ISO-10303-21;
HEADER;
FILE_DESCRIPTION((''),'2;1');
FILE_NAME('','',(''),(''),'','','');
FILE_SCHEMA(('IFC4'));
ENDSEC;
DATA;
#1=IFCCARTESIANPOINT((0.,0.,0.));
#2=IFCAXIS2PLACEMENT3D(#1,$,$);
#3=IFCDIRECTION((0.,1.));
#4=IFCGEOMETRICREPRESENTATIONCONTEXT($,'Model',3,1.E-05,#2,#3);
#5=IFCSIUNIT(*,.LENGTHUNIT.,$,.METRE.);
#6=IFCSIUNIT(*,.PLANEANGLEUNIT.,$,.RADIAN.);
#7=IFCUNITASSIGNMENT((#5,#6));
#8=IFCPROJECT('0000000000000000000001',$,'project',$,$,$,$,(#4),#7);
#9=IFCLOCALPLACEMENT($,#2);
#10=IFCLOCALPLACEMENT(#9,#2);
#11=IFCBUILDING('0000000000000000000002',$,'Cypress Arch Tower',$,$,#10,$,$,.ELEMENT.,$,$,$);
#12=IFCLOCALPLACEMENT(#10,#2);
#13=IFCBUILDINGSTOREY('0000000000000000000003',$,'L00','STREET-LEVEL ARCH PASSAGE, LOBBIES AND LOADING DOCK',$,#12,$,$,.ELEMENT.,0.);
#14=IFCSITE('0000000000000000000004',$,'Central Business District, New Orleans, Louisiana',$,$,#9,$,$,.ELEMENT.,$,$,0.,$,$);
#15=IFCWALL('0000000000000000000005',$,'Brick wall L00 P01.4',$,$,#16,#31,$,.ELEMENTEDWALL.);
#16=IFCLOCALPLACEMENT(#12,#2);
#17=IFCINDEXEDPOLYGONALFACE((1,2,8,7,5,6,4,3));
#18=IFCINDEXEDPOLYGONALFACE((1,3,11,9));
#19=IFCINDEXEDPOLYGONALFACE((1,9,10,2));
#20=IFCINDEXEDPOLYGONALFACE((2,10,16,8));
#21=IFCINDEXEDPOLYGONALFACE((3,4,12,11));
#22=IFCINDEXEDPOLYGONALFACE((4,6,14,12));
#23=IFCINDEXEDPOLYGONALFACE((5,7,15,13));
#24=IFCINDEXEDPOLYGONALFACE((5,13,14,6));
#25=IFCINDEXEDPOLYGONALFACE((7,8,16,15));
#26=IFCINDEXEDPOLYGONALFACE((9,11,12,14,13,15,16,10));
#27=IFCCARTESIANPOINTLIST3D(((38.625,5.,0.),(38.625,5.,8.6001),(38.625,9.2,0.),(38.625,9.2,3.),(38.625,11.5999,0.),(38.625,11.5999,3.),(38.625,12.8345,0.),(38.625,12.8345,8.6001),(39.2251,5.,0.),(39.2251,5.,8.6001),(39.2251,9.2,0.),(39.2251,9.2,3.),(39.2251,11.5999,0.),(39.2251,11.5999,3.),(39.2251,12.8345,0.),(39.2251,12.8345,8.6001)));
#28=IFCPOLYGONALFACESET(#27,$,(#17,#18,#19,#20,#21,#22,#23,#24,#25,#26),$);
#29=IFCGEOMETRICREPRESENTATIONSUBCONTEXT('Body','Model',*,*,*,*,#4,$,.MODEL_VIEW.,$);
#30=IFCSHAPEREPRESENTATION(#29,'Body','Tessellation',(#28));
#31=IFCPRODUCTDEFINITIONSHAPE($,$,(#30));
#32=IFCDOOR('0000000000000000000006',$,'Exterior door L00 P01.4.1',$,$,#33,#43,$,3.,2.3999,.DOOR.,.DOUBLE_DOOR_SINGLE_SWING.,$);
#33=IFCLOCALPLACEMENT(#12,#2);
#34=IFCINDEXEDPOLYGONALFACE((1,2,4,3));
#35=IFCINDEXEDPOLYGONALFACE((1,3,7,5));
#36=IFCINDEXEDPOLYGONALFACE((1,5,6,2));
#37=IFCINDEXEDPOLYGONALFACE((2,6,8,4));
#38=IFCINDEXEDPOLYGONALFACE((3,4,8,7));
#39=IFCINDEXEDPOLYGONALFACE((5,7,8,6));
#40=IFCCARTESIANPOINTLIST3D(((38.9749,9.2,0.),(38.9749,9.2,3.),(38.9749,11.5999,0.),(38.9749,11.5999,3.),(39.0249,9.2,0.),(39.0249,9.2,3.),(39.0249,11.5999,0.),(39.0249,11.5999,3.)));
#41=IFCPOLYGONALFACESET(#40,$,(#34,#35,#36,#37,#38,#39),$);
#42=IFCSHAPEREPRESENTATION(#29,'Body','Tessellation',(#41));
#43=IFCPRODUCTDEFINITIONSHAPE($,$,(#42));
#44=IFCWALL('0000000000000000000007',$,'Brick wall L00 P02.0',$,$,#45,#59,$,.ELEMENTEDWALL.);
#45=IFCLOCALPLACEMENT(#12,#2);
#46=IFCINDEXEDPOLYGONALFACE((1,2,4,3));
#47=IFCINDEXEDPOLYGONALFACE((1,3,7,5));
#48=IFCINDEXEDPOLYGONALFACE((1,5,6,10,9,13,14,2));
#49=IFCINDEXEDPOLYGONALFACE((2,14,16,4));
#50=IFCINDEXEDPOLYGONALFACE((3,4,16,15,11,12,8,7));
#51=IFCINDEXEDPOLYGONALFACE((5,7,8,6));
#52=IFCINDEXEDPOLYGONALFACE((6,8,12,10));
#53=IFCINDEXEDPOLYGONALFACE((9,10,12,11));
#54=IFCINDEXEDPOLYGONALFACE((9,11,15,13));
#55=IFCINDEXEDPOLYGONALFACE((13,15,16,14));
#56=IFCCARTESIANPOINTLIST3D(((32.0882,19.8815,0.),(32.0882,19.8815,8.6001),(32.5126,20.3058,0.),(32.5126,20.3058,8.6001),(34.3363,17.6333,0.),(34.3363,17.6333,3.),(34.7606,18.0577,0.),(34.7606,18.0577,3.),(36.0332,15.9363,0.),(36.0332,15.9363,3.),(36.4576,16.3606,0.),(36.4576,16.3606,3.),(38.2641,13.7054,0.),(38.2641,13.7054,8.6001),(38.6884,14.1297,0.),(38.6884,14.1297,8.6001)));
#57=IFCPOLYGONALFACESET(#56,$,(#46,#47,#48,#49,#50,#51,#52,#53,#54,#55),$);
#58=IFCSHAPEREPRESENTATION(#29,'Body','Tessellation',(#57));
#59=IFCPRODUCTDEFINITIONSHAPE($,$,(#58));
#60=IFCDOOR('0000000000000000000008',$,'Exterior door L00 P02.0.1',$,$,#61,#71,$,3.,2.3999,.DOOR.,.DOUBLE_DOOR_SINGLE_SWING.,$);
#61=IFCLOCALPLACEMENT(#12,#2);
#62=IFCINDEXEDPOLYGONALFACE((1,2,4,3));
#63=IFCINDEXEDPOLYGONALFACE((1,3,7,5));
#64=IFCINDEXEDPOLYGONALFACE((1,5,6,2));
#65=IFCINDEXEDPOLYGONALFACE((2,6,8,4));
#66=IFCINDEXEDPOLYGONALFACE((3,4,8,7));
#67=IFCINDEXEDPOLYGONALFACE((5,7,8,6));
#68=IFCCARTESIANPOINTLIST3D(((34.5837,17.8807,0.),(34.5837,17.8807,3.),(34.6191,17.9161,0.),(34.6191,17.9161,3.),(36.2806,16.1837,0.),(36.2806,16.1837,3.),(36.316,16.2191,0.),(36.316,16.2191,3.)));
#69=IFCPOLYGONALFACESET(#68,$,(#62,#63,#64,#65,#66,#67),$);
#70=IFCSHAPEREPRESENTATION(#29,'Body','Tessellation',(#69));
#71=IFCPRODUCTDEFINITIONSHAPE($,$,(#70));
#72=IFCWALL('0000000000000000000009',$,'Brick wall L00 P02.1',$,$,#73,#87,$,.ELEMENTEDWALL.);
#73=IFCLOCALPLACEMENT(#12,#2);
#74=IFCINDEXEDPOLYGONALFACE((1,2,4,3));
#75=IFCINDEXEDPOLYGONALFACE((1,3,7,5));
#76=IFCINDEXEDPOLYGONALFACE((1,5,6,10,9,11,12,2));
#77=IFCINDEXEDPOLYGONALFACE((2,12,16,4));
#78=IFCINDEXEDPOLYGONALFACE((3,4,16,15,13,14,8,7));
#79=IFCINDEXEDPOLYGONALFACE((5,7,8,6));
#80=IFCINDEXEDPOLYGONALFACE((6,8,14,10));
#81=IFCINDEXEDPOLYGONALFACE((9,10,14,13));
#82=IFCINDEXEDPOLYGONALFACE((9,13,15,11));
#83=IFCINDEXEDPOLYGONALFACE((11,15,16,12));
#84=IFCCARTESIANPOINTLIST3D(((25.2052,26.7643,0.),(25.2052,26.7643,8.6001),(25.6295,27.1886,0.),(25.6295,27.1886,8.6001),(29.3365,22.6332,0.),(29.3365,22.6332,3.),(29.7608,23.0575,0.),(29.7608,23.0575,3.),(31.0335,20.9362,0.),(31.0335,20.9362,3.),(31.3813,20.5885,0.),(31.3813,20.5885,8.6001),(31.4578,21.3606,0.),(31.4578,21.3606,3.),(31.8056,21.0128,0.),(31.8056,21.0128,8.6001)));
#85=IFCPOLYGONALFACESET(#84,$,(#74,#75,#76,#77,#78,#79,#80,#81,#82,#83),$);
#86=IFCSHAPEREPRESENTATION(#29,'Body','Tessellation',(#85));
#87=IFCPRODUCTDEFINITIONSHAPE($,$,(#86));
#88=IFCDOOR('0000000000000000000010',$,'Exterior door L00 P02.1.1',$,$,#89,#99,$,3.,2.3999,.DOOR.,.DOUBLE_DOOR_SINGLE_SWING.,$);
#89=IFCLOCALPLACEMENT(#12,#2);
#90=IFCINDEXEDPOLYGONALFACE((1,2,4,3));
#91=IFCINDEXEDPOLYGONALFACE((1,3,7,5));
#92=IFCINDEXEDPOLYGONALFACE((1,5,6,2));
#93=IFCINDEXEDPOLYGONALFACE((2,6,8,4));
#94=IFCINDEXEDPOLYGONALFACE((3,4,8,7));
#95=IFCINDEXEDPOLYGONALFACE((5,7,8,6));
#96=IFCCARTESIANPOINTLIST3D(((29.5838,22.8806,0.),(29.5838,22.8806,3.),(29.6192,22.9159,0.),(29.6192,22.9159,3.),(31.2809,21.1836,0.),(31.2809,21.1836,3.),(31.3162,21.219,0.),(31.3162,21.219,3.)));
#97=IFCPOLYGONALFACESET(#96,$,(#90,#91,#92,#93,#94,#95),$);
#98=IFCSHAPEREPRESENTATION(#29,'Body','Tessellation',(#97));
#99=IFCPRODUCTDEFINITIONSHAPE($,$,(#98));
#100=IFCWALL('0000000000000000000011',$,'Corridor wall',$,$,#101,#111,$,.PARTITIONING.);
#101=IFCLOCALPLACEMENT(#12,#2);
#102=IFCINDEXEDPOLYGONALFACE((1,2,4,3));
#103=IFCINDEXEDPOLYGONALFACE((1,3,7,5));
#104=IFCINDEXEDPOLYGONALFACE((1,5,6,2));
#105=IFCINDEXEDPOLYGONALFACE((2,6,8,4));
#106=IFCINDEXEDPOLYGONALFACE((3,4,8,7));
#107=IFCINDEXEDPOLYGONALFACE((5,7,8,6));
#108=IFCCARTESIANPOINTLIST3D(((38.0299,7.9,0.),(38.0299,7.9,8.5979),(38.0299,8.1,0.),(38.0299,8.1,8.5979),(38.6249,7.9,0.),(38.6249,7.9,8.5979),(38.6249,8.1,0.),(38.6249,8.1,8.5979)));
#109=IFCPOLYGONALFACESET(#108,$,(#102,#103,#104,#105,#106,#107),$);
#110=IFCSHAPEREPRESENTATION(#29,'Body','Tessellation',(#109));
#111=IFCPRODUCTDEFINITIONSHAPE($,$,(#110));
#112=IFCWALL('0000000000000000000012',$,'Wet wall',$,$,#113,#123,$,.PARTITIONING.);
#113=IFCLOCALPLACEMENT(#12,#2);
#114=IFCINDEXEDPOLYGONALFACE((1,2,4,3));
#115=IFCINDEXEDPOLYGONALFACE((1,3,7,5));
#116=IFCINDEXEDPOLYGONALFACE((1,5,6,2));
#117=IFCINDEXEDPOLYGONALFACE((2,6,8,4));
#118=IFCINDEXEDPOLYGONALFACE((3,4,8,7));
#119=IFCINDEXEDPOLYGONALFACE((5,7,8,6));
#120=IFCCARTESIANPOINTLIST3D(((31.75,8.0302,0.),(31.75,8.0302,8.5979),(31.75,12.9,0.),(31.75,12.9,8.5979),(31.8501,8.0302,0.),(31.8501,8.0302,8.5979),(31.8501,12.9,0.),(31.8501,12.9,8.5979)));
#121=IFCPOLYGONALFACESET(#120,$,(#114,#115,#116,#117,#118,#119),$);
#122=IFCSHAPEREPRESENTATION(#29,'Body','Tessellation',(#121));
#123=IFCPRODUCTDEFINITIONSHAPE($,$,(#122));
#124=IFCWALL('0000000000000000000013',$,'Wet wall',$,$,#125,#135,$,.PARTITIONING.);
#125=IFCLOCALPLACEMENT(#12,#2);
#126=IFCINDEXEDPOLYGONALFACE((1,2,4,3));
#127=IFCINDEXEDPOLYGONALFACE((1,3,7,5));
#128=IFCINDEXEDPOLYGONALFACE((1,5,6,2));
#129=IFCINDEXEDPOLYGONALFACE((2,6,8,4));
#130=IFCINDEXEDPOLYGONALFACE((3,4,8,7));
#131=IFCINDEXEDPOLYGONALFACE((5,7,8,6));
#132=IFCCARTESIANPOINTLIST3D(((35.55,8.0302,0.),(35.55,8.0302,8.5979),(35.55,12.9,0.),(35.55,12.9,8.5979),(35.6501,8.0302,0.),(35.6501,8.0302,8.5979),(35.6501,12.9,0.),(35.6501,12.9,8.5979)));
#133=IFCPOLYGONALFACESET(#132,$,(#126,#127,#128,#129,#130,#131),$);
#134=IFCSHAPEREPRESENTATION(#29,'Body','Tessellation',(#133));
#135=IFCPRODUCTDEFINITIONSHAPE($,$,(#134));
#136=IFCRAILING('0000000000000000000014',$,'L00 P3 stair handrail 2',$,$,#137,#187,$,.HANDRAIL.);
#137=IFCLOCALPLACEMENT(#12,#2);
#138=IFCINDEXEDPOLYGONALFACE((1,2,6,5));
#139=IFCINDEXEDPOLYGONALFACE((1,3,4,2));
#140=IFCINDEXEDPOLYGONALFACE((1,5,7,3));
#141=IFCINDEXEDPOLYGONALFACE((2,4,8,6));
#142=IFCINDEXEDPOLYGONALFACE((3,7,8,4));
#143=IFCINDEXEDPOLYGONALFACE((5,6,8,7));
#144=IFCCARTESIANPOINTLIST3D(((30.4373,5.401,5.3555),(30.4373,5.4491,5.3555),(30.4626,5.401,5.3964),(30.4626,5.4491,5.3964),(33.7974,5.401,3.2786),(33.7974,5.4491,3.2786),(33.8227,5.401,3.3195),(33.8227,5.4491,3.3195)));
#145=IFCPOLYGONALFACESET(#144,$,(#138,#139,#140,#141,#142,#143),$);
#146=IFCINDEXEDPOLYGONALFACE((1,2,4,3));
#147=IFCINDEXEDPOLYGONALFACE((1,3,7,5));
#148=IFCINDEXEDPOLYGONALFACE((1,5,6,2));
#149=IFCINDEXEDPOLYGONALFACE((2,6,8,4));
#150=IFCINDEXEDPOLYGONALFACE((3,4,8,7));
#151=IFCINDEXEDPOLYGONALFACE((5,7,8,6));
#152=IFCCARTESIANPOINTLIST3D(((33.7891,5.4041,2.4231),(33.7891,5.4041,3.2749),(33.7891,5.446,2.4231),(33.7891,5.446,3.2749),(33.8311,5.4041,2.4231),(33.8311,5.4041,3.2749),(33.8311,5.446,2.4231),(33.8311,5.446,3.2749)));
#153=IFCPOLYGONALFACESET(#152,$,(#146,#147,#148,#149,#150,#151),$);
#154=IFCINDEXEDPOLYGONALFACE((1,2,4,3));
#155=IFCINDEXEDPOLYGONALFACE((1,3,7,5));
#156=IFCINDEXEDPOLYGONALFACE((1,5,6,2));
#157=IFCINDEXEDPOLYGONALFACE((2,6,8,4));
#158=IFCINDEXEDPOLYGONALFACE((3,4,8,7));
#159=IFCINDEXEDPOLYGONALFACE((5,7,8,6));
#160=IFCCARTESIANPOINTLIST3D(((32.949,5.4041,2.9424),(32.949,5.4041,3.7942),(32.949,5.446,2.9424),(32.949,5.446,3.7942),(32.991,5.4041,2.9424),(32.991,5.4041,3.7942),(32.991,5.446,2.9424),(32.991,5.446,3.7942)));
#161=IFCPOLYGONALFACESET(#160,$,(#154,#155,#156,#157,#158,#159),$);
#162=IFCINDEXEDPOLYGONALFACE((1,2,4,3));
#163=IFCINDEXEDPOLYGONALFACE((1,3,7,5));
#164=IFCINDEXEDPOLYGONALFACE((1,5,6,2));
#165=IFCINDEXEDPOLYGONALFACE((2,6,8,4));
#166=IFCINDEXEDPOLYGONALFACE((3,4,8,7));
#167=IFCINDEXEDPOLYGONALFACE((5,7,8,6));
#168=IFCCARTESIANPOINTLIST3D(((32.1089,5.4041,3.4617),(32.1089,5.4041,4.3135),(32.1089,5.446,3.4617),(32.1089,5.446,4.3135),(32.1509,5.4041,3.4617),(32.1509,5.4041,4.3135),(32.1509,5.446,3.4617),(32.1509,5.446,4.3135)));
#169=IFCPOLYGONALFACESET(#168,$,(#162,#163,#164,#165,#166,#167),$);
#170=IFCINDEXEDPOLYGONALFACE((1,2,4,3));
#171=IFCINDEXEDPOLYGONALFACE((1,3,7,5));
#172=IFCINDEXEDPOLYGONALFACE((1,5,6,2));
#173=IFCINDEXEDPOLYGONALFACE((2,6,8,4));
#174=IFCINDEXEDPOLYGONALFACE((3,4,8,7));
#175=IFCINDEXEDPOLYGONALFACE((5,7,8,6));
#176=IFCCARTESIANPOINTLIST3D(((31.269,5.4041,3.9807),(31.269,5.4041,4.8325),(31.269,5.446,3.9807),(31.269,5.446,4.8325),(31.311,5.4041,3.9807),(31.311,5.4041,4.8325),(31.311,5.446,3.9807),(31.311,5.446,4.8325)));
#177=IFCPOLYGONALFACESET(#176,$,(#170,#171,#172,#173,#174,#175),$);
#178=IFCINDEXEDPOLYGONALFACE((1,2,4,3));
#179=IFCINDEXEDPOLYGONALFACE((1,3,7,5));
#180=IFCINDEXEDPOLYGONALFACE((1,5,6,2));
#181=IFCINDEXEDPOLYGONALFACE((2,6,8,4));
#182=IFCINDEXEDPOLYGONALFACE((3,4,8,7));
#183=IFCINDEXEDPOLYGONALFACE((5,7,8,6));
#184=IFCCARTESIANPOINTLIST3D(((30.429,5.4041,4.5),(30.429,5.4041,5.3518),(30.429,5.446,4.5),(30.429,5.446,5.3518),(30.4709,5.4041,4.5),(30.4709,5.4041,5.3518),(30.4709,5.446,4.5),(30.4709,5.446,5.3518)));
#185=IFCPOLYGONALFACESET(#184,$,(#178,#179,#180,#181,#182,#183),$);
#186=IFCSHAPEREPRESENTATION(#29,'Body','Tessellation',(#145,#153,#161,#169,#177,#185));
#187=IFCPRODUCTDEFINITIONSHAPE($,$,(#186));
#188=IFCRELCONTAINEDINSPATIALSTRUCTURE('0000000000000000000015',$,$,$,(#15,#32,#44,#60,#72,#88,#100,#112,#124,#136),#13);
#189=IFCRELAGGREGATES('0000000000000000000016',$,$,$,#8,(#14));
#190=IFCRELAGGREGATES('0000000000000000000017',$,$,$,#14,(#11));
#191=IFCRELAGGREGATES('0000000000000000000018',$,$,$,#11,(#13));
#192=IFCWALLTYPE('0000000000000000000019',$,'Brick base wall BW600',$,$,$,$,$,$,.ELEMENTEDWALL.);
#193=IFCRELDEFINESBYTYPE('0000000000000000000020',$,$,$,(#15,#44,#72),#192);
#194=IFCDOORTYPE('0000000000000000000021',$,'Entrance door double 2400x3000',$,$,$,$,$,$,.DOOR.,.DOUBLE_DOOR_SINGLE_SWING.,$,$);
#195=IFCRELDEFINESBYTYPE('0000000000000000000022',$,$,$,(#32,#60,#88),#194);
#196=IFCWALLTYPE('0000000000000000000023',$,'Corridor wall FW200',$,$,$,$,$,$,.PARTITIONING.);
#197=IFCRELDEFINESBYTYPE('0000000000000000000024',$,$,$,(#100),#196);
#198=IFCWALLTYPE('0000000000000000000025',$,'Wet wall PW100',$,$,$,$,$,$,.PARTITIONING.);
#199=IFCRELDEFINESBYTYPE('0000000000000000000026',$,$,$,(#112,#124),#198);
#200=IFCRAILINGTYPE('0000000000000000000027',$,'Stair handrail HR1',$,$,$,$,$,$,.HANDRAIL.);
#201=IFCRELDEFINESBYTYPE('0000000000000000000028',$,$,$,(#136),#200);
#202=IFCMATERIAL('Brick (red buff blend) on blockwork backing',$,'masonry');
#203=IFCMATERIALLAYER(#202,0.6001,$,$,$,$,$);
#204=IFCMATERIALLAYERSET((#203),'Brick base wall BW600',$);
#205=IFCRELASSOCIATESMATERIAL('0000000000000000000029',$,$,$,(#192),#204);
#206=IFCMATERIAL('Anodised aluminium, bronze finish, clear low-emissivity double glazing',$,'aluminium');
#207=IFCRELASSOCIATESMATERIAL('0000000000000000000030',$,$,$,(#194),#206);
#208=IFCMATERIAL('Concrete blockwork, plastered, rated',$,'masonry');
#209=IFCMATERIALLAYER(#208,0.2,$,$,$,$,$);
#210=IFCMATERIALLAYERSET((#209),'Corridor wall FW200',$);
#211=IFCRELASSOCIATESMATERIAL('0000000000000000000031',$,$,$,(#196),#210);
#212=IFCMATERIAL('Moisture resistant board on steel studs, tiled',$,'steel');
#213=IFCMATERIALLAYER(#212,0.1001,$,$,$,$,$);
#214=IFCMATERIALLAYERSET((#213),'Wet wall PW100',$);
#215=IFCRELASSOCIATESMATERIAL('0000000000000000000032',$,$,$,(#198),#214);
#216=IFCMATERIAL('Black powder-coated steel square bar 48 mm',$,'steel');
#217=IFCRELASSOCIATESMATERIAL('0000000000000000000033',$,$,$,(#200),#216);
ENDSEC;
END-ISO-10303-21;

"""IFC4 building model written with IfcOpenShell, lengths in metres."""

from ifc_helpers import new_model, si_unit, direction, frame, frame_2d, origin, origin_2d, place, context, subcontext, project, spatial, rectangle, extrude, material, layer, layer_set, type_object, element, fill, save


model = new_model("IFC4")

# Units and contexts
model_context = context("Model", 3, precision=1e-05, world=origin(), true_north=direction((0.0, 1.0)))
body_context = subcontext(model_context, "Body", "Model", "MODEL_VIEW")
ifc_project = project(units=[si_unit("LENGTHUNIT", "METRE"), si_unit("PLANEANGLEUNIT", "RADIAN")], contexts=[model_context])

# Site, building, storey
site_placement = place(None, origin())
site = spatial("IfcSite", under=ifc_project, at=site_placement, Name="Central Business District, New Orleans, Louisiana", CompositionType="ELEMENT", RefElevation=0.0)
building_placement = place(site_placement, origin())
building = spatial("IfcBuilding", under=site, at=building_placement, Name="Cypress Arch Tower", CompositionType="ELEMENT")
storey_placement = place(building_placement, origin())
storey = spatial("IfcBuildingStorey", under=building, at=storey_placement, Name="L00", Description="STREET-LEVEL ARCH PASSAGE, LOBBIES AND LOADING DOCK", CompositionType="ELEMENT", Elevation=0.0)

# Walls, openings, doors
ifc_material_1 = material(Name="Brick (red buff blend) on blockwork backing", Category="masonry")
ifc_layer_1 = layer(ifc_material_1, 0.6001)
ifc_layer_set_1 = layer_set([ifc_layer_1], Name="Brick base wall BW600")
wall_type_1 = type_object("IfcWallType", Name="Brick base wall BW600", PredefinedType="ELEMENTEDWALL", material=ifc_layer_set_1)
wall_1_placement = place(storey_placement, frame((38.925, 5.0, 0.0), z_axis=(0.0, 0.0, 1.0), x_axis=(0.0, 1.0, 0.0)))
wall_1 = element("IfcWall", 1, at=wall_1_placement, inside=storey, type_object=wall_type_1, Name="Brick wall L00 P01.4", PredefinedType="ELEMENTEDWALL", context=body_context, shape_type="SweptSolid", body=[
    extrude(rectangle(XDim=7.8345, YDim=0.6001, at=frame_2d((3.9172, 0.0))), origin(), (0.0, 0.0, 1.0), 8.6001),
])
opening_1_placement = place(wall_1_placement, frame((4.2, 0.0, 0.0)))
opening_1 = element("IfcOpeningElement", 2, at=opening_1_placement, cuts=wall_1, PredefinedType="OPENING", context=body_context, shape_type="SweptSolid", body=[
    extrude(rectangle(XDim=2.3999, YDim=3.0, at=frame_2d((1.2, 1.5))), frame((0.0, 0.3101, 0.0), z_axis=(0.0, -1.0, 0.0), x_axis=(1.0, 0.0, 0.0)), (0.0, 0.0, 1.0), 0.6201),
])
ifc_material_2 = material(Name="Anodised aluminium, bronze finish, clear low-emissivity double glazing", Category="aluminium")
door_type = type_object("IfcDoorType", Name="Entrance door double 2400x3000", OperationType="DOUBLE_DOOR_SINGLE_SWING", PredefinedType="DOOR", material=ifc_material_2)
door_1_placement = place(opening_1_placement, origin())
door_1 = element("IfcDoor", 3, at=door_1_placement, inside=storey, type_object=door_type, Name="Exterior door L00 P01.4.1", OperationType="DOUBLE_DOOR_SINGLE_SWING", OverallHeight=3.0, OverallWidth=2.3999, PredefinedType="DOOR", context=body_context, shape_type="SweptSolid", body=[
    extrude(rectangle(XDim=2.3999, YDim=3.0, at=frame_2d((1.2, 1.5))), frame((0.0, -0.0498, 0.0), z_axis=(0.0, -1.0, 0.0), x_axis=(1.0, 0.0, 0.0)), (0.0, 0.0, 1.0), 0.05),
])
fill(opening_1, door_1)
wall_2_placement = place(storey_placement, frame((38.4763, 13.9175, 0.0), z_axis=(0.0, 0.0, 1.0), x_axis=(-0.707093, 0.707121, 0.0)))
wall_2 = element("IfcWall", 4, at=wall_2_placement, inside=storey, type_object=wall_type_1, Name="Brick wall L00 P02.0", PredefinedType="ELEMENTEDWALL", context=body_context, shape_type="SweptSolid", body=[
    extrude(rectangle(XDim=8.7341, YDim=0.6001, at=frame_2d((4.3672, 0.0))), origin(), (0.0, 0.0, 1.0), 8.6001),
])
opening_2_placement = place(wall_2_placement, frame((3.155, 0.0, 0.0)))
opening_2 = element("IfcOpeningElement", 5, at=opening_2_placement, cuts=wall_2, PredefinedType="OPENING", context=body_context, shape_type="SweptSolid", body=[
    extrude(rectangle(XDim=2.3999, YDim=3.0, at=frame_2d((1.2, 1.5))), frame((0.0, 0.3101, 0.0), z_axis=(0.0, -1.0, 0.0), x_axis=(1.0, 0.0, 0.0)), (0.0, 0.0, 1.0), 0.6201),
])
door_2_placement = place(opening_2_placement, origin())
door_2 = element("IfcDoor", 6, at=door_2_placement, inside=storey, type_object=door_type, Name="Exterior door L00 P02.0.1", OperationType="DOUBLE_DOOR_SINGLE_SWING", OverallHeight=3.0, OverallWidth=2.3999, PredefinedType="DOOR", context=body_context, shape_type="SweptSolid", body=[
    extrude(rectangle(XDim=2.3999, YDim=3.0, at=frame_2d((1.2, 1.5))), frame((0.0, -0.0498, 0.0), z_axis=(0.0, -1.0, 0.0), x_axis=(1.0, 0.0, 0.0)), (0.0, 0.0, 1.0), 0.05),
])
fill(opening_2, door_2)
wall_3_placement = place(storey_placement, frame((31.5935, 20.8005, 0.0), z_axis=(0.0, 0.0, 1.0), x_axis=(-0.707121, 0.707093, 0.0)))
wall_3 = element("IfcWall", 7, at=wall_3_placement, inside=storey, type_object=wall_type_1, Name="Brick wall L00 P02.1", PredefinedType="ELEMENTEDWALL", context=body_context, shape_type="SweptSolid", body=[
    extrude(rectangle(XDim=8.7341, YDim=0.6001, at=frame_2d((4.3672, 0.0))), origin(), (0.0, 0.0, 1.0), 8.6001),
])
opening_3_placement = place(wall_3_placement, frame((0.4919, 0.0, 0.0)))
opening_3 = element("IfcOpeningElement", 8, at=opening_3_placement, cuts=wall_3, PredefinedType="OPENING", context=body_context, shape_type="SweptSolid", body=[
    extrude(rectangle(XDim=2.3999, YDim=3.0, at=frame_2d((1.2, 1.5))), frame((0.0, 0.3101, 0.0), z_axis=(0.0, -1.0, 0.0), x_axis=(1.0, 0.0, 0.0)), (0.0, 0.0, 1.0), 0.6201),
])
door_3_placement = place(opening_3_placement, origin())
door_3 = element("IfcDoor", 9, at=door_3_placement, inside=storey, type_object=door_type, Name="Exterior door L00 P02.1.1", OperationType="DOUBLE_DOOR_SINGLE_SWING", OverallHeight=3.0, OverallWidth=2.3999, PredefinedType="DOOR", context=body_context, shape_type="SweptSolid", body=[
    extrude(rectangle(XDim=2.3999, YDim=3.0, at=frame_2d((1.2, 1.5))), frame((0.0, -0.0498, 0.0), z_axis=(0.0, -1.0, 0.0), x_axis=(1.0, 0.0, 0.0)), (0.0, 0.0, 1.0), 0.05),
])
fill(opening_3, door_3)

# Walls
ifc_material_3 = material(Name="Concrete blockwork, plastered, rated", Category="masonry")
ifc_layer_2 = layer(ifc_material_3, 0.2)
ifc_layer_set_2 = layer_set([ifc_layer_2], Name="Corridor wall FW200")
wall_type_2 = type_object("IfcWallType", Name="Corridor wall FW200", PredefinedType="PARTITIONING", material=ifc_layer_set_2)
wall_4_placement = place(storey_placement, frame((38.03, 8.0, 0.0), z_axis=(0.0, 0.0, 1.0), x_axis=(1.0, 0.0, 0.0)))
element("IfcWall", 10, at=wall_4_placement, inside=storey, type_object=wall_type_2, Name="Corridor wall", PredefinedType="PARTITIONING", context=body_context, shape_type="SweptSolid", body=[
    extrude(rectangle(XDim=0.595, YDim=0.2, at=frame_2d((0.2974, 0.0))), origin(), (0.0, 0.0, 1.0), 8.5979),
])
ifc_material_4 = material(Name="Moisture resistant board on steel studs, tiled", Category="steel")
ifc_layer_3 = layer(ifc_material_4, 0.1001)
ifc_layer_set_3 = layer_set([ifc_layer_3], Name="Wet wall PW100")
wall_type_3 = type_object("IfcWallType", Name="Wet wall PW100", PredefinedType="PARTITIONING", material=ifc_layer_set_3)
for number, where, z_axis, x_axis, name in (
    (11, (31.8, 8.03, 0.0), (0.0, 0.0, 1.0), (0.0, 1.0, 0.0), "Wet wall"),
    (12, (35.6001, 8.03, 0.0), (0.0, 0.0, 1.0), (0.0, 1.0, 0.0), "Wet wall"),
):
    element("IfcWall", number, at=place(storey_placement, frame(where, z_axis=z_axis, x_axis=x_axis)), inside=storey, type_object=wall_type_3, Name=name, PredefinedType="PARTITIONING", context=body_context, shape_type="SweptSolid", body=[
        extrude(rectangle(XDim=4.8699, YDim=0.1001, at=frame_2d((2.4351, 0.0))), origin(), (0.0, 0.0, 1.0), 8.5979),
    ])

# Railing
ifc_material_5 = material(Name="Black powder-coated steel square bar 48 mm", Category="steel")
railing_type_1 = type_object("IfcRailingType", Name="Stair handrail HR1", PredefinedType="HANDRAIL", material=ifc_material_5)
for number, where, name in (
    (13, (33.8101, 5.425, 2.4231), "L00 P3 stair handrail 2"),
):
    element("IfcRailing", number, at=place(storey_placement, frame(where)), inside=storey, type_object=railing_type_1, Name=name, PredefinedType="HANDRAIL", context=body_context, shape_type="SweptSolid", body=[
        extrude(rectangle(XDim=0.0481, YDim=0.0481, at=origin_2d()), frame((0.0, 0.0, 0.876), z_axis=(-0.850623, 0.0, 0.525776), x_axis=(0.0, -1.0, 0.0)), (0.0, 0.0, 1.0), 3.9502),
        extrude(rectangle(XDim=0.042, YDim=0.042, at=origin_2d()), origin(), (0.0, 0.0, 1.0), 0.8518),
        extrude(rectangle(XDim=0.042, YDim=0.042, at=origin_2d()), frame((-0.8401, 0.0, 0.5193)), (0.0, 0.0, 1.0), 0.8518),
        extrude(rectangle(XDim=0.042, YDim=0.042, at=origin_2d()), frame((-1.6802, 0.0, 1.0386)), (0.0, 0.0, 1.0), 0.8518),
        extrude(rectangle(XDim=0.042, YDim=0.042, at=origin_2d()), frame((-2.52, 0.0, 1.5576)), (0.0, 0.0, 1.0), 0.8518),
        extrude(rectangle(XDim=0.042, YDim=0.042, at=origin_2d()), frame((-3.3601, 0.0, 2.0769)), (0.0, 0.0, 1.0), 0.8518),
    ])

save(model, "model.ifc")
